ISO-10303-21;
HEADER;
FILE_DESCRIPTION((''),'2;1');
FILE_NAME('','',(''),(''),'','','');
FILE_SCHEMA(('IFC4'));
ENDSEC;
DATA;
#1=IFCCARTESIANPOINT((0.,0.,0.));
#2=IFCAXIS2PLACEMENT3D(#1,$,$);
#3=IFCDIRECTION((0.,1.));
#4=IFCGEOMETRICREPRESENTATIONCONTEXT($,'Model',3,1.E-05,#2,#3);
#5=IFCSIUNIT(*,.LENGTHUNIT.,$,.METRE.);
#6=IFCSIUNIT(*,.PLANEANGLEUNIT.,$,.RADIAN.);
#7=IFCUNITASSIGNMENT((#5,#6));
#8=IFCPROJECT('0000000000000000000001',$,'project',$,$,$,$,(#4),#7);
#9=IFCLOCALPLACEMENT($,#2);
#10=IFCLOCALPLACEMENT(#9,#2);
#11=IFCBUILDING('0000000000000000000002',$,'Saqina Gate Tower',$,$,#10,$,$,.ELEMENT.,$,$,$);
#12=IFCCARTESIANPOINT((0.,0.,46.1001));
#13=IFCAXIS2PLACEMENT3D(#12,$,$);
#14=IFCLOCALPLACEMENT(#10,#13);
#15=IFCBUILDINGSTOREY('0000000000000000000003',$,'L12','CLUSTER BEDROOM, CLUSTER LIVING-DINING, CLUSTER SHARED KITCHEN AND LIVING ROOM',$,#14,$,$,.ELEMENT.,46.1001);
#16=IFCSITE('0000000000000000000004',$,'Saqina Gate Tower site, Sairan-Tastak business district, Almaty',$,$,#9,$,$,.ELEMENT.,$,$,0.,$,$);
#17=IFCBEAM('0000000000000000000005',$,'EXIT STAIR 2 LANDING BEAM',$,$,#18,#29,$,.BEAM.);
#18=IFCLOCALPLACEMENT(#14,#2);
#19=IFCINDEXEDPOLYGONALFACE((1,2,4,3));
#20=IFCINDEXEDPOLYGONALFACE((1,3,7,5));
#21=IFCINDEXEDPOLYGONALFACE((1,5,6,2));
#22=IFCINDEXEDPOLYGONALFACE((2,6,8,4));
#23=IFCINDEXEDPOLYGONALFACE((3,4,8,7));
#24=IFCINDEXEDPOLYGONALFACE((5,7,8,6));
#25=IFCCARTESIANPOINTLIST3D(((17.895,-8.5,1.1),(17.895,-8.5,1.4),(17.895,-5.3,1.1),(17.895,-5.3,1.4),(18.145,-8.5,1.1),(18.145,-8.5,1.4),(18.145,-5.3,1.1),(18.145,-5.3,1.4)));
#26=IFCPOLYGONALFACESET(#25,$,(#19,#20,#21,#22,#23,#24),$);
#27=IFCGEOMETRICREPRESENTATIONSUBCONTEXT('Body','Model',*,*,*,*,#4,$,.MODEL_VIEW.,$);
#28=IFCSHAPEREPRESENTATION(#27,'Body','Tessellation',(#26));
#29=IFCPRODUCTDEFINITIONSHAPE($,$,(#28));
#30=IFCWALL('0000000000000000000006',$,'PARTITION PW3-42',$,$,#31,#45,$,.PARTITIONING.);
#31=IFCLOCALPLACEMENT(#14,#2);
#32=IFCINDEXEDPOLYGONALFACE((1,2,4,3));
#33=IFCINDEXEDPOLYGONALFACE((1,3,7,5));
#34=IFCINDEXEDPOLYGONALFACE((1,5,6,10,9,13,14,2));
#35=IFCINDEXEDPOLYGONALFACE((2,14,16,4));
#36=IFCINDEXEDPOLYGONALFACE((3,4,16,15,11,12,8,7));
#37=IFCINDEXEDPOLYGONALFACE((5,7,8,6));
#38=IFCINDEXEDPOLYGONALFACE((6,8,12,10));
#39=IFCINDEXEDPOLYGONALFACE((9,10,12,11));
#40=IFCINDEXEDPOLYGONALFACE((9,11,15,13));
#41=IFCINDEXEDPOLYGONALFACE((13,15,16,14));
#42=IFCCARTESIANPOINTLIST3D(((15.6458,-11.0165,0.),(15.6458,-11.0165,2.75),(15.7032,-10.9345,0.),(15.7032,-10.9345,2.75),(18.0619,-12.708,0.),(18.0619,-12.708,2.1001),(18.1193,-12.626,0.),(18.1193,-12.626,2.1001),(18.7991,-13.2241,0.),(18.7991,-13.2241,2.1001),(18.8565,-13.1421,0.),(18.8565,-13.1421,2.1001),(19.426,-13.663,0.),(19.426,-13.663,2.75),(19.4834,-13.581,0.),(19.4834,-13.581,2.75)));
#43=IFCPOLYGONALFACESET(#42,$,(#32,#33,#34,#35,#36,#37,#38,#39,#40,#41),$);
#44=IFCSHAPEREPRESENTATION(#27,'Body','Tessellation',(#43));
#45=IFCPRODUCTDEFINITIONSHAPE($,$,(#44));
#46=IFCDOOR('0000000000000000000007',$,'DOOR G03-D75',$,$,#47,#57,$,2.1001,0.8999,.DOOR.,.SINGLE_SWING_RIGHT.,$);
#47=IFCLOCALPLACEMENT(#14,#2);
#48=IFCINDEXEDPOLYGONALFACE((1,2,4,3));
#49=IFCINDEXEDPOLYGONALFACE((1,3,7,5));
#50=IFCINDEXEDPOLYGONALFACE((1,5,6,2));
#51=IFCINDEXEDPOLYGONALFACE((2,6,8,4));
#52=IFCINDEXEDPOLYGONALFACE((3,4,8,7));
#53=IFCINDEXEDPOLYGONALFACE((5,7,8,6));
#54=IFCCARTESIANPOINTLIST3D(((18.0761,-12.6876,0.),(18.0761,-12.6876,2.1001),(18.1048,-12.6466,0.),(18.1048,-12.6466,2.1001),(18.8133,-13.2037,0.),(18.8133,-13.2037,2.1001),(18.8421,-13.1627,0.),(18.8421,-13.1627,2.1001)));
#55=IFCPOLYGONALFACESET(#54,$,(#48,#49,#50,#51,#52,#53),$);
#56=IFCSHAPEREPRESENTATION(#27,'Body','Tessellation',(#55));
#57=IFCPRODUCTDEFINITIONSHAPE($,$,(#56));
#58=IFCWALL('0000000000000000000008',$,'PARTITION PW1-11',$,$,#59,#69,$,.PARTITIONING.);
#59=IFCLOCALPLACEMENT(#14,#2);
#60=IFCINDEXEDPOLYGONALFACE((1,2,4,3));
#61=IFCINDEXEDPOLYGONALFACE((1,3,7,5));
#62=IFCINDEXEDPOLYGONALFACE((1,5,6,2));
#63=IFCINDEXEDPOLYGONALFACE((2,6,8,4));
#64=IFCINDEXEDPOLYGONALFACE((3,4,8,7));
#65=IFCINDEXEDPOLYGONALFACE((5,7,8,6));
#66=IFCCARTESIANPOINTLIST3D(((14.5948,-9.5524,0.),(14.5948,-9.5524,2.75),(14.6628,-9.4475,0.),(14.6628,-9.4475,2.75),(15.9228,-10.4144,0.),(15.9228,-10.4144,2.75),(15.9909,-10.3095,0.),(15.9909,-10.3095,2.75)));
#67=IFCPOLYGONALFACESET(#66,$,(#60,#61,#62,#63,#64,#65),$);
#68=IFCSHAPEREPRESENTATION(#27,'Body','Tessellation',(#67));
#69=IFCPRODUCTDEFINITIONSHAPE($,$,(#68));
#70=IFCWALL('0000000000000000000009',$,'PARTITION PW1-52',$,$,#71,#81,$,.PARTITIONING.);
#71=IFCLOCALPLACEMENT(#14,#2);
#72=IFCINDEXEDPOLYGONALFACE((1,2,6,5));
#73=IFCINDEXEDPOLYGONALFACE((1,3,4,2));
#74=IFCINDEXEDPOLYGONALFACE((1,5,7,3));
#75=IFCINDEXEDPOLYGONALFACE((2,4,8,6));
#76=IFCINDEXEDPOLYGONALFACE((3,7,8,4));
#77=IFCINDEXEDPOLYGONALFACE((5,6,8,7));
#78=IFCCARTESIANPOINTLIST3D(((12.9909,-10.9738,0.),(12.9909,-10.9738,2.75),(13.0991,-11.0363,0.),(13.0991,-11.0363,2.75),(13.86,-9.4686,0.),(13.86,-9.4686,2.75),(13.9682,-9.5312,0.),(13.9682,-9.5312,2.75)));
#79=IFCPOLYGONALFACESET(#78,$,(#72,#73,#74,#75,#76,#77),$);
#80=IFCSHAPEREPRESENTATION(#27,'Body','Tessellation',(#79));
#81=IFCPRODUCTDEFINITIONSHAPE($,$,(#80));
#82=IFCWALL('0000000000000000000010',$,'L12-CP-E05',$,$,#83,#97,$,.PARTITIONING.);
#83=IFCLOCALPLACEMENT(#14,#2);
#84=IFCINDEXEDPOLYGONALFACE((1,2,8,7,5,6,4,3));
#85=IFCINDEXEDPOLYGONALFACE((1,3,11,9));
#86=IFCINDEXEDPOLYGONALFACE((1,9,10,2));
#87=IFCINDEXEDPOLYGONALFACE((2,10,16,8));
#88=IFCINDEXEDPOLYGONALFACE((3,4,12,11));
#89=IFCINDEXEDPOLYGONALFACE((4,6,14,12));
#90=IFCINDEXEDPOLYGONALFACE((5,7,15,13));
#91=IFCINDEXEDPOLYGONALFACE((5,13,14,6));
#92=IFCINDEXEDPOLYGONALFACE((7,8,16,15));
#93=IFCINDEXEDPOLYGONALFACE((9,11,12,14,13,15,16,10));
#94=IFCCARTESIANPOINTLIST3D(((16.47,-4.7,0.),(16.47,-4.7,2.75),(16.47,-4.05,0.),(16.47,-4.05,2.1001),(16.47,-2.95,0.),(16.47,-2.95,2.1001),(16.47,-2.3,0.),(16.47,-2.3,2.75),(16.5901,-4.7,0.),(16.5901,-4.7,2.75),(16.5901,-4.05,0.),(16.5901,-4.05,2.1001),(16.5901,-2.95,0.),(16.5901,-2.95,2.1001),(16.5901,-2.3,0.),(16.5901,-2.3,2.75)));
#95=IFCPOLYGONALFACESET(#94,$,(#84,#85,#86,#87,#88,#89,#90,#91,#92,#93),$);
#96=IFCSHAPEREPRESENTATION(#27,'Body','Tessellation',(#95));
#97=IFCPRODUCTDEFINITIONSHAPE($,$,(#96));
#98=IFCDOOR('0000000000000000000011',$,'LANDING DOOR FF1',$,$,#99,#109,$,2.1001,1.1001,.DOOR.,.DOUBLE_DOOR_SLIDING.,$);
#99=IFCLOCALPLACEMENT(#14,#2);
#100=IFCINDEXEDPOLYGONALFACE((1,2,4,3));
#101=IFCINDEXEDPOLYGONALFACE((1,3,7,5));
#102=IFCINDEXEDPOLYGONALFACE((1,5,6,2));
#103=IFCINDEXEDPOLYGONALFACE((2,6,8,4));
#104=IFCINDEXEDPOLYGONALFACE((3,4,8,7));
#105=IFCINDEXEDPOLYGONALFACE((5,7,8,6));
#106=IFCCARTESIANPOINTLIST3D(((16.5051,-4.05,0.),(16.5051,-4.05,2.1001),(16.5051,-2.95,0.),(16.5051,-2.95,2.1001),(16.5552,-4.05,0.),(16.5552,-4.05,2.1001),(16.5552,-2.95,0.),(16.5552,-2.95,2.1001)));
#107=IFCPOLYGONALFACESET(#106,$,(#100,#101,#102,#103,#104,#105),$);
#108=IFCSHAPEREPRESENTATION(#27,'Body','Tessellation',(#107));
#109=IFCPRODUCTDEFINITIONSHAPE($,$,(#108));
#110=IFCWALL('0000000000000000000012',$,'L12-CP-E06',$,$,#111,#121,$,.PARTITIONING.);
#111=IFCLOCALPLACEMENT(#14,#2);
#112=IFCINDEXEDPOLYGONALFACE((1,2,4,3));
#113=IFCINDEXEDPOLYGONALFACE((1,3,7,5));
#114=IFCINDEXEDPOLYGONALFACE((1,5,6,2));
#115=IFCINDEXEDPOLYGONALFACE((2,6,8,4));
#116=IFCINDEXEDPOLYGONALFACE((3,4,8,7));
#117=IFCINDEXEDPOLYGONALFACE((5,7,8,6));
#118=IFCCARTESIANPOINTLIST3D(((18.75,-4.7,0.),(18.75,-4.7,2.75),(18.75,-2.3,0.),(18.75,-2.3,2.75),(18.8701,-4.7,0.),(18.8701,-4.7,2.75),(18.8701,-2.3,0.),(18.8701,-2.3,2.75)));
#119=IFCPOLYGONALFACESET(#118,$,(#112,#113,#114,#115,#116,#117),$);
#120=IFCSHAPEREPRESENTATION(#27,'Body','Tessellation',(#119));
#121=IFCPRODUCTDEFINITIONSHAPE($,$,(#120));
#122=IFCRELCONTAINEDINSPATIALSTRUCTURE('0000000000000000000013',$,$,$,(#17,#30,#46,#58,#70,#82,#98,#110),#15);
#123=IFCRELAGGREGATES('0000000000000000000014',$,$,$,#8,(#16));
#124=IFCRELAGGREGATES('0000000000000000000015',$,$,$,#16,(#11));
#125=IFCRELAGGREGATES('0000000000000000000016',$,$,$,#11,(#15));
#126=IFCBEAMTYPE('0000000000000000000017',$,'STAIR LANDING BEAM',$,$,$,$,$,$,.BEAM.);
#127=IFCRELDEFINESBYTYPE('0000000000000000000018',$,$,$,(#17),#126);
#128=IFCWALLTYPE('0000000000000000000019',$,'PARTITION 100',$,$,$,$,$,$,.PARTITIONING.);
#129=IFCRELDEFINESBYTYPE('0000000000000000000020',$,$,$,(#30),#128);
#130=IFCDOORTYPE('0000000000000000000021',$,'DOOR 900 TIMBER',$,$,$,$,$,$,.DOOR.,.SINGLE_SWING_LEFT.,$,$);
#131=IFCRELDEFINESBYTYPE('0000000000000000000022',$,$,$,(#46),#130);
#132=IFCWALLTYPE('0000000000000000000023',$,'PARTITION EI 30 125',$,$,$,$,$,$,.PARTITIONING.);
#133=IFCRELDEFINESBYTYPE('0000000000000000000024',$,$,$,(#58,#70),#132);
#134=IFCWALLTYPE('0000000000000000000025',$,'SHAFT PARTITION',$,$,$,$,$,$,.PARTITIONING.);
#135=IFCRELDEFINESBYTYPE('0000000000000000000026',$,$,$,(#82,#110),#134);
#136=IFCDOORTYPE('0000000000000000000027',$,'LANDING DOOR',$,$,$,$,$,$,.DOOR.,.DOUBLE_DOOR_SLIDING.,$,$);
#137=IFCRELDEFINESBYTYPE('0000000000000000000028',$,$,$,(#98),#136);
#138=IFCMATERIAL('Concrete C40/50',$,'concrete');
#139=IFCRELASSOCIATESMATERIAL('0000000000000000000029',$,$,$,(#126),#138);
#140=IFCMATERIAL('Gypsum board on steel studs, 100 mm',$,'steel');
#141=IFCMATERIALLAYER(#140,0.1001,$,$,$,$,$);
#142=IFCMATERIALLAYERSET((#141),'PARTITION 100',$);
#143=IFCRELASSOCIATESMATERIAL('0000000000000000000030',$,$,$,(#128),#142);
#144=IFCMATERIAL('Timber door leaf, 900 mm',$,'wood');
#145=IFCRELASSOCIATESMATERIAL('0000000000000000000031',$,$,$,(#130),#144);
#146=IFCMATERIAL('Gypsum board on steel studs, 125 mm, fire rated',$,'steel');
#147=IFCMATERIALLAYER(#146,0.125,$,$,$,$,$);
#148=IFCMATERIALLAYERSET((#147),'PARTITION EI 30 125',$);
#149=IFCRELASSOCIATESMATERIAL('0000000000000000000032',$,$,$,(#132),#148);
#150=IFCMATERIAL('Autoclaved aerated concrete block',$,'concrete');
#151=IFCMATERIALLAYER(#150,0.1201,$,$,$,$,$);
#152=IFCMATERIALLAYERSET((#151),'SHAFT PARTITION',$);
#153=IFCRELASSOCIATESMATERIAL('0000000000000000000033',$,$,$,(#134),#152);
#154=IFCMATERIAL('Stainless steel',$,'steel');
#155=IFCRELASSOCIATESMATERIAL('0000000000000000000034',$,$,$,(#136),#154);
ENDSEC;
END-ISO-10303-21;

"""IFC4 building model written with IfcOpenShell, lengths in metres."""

from ifc_helpers import new_model, si_unit, direction, frame, frame_2d, origin, origin_2d, place, context, subcontext, project, spatial, rectangle, extrude, material, layer, layer_set, material_profile, profile_set, type_object, element, fill, save


model = new_model("IFC4")

# Units and contexts
model_context = context("Model", 3, precision=1e-05, world=origin(), true_north=direction((0.0, 1.0)))
body_context = subcontext(model_context, "Body", "Model", "MODEL_VIEW")
ifc_project = project(units=[si_unit("LENGTHUNIT", "METRE"), si_unit("PLANEANGLEUNIT", "RADIAN")], contexts=[model_context])

# Site, building, storey
site_placement = place(None, origin())
site = spatial("IfcSite", under=ifc_project, at=site_placement, Name="Saqina Gate Tower site, Sairan-Tastak business district, Almaty", CompositionType="ELEMENT", RefElevation=0.0)
building_placement = place(site_placement, origin())
building = spatial("IfcBuilding", under=site, at=building_placement, Name="Saqina Gate Tower", CompositionType="ELEMENT")
storey_placement = place(building_placement, frame((0.0, 0.0, 46.1001)))
storey = spatial("IfcBuildingStorey", under=building, at=storey_placement, Name="L12", Description="CLUSTER BEDROOM, CLUSTER LIVING-DINING, CLUSTER SHARED KITCHEN AND LIVING ROOM", CompositionType="ELEMENT", Elevation=46.1001)

# Beam
ifc_material_1 = material(Name="Concrete C40/50", Category="concrete")
ifc_material_profile = material_profile(ifc_material_1, rectangle(XDim=0.25, YDim=0.3, at=origin_2d()), Name="STAIR LANDING BEAM")
ifc_profile_set = profile_set([ifc_material_profile], Name="Concrete C40/50")
beam_type = type_object("IfcBeamType", Name="STAIR LANDING BEAM", PredefinedType="BEAM", material=ifc_profile_set)
beam_placement = place(storey_placement, frame((18.02, -8.5, 1.25), z_axis=(0.0, 1.0, 0.0), x_axis=(-1.0, 0.0, 0.0)))
element("IfcBeam", 1, at=beam_placement, inside=storey, type_object=beam_type, Name="EXIT STAIR 2 LANDING BEAM", PredefinedType="BEAM", context=body_context, shape_type="SweptSolid", body=[
    extrude(rectangle(XDim=0.25, YDim=0.3, at=origin_2d()), origin(), (0.0, 0.0, 1.0), 3.2),
])

# Wall, opening, door
ifc_material_2 = material(Name="Gypsum board on steel studs, 100 mm", Category="steel")
ifc_layer_1 = layer(ifc_material_2, 0.1001)
ifc_layer_set_1 = layer_set([ifc_layer_1], Name="PARTITION 100")
wall_type_1 = type_object("IfcWallType", Name="PARTITION 100", PredefinedType="PARTITIONING", material=ifc_layer_set_1)
wall_1_placement = place(storey_placement, frame((15.6746, -10.9756, 0.0), z_axis=(0.0, 0.0, 1.0), x_axis=(0.819202, -0.573505, 0.0)))
wall_1 = element("IfcWall", 2, at=wall_1_placement, inside=storey, type_object=wall_type_1, Name="PARTITION PW3-42", PredefinedType="PARTITIONING", context=body_context, shape_type="SweptSolid", body=[
    extrude(rectangle(XDim=4.6145, YDim=0.1001, at=frame_2d((2.3071, 0.0))), origin(), (0.0, 0.0, 1.0), 2.75),
])
opening_1_placement = place(wall_1_placement, frame((2.9492, 0.0, 0.0)))
opening_1 = element("IfcOpeningElement", 3, at=opening_1_placement, cuts=wall_1, PredefinedType="OPENING", context=body_context, shape_type="SweptSolid", body=[
    extrude(rectangle(XDim=0.8999, YDim=2.1001, at=frame_2d((0.45, 1.05))), frame((0.0, 0.062, 0.0), z_axis=(0.0, -1.0, 0.0), x_axis=(1.0, 0.0, 0.0)), (0.0, 0.0, 1.0), 0.124),
])
ifc_material_3 = material(Name="Timber door leaf, 900 mm", Category="wood")
door_type_1 = type_object("IfcDoorType", Name="DOOR 900 TIMBER", OperationType="SINGLE_SWING_LEFT", PredefinedType="DOOR", material=ifc_material_3)
door_1_placement = place(opening_1_placement, origin())
door_1 = element("IfcDoor", 4, at=door_1_placement, inside=storey, type_object=door_type_1, Name="DOOR G03-D75", OperationType="SINGLE_SWING_RIGHT", OverallHeight=2.1001, OverallWidth=0.8999, PredefinedType="DOOR", context=body_context, shape_type="SweptSolid", body=[
    extrude(rectangle(XDim=0.8999, YDim=2.1001, at=frame_2d((0.45, 1.05))), frame((0.0, 0.0249, 0.0), z_axis=(0.0, -1.0, 0.0), x_axis=(1.0, 0.0, 0.0)), (0.0, 0.0, 1.0), 0.05),
])
fill(opening_1, door_1)

# Walls
ifc_material_4 = material(Name="Gypsum board on steel studs, 125 mm, fire rated", Category="steel")
ifc_layer_2 = layer(ifc_material_4, 0.125)
ifc_layer_set_2 = layer_set([ifc_layer_2], Name="PARTITION EI 30 125")
wall_type_2 = type_object("IfcWallType", Name="PARTITION EI 30 125", PredefinedType="PARTITIONING", material=ifc_layer_set_2)
wall_2_placement = place(storey_placement, frame((14.6289, -9.5, 0.0), z_axis=(0.0, 0.0, 1.0), x_axis=(0.838796, -0.544446, 0.0)))
element("IfcWall", 5, at=wall_2_placement, inside=storey, type_object=wall_type_2, Name="PARTITION PW1-11", PredefinedType="PARTITIONING", context=body_context, shape_type="SweptSolid", body=[
    extrude(rectangle(XDim=1.5833, YDim=0.125, at=frame_2d((0.7915, 0.0))), origin(), (0.0, 0.0, 1.0), 2.75),
])
wall_3_placement = place(storey_placement, frame((13.0449, -11.0051, 0.0), z_axis=(0.0, 0.0, 1.0), x_axis=(0.500067, 0.865987, 0.0)))
element("IfcWall", 6, at=wall_3_placement, inside=storey, type_object=wall_type_2, Name="PARTITION PW1-52", PredefinedType="PARTITIONING", context=body_context, shape_type="SweptSolid", body=[
    extrude(rectangle(XDim=1.738, YDim=0.125, at=frame_2d((0.8691, 0.0))), origin(), (0.0, 0.0, 1.0), 2.75),
])

# Wall, opening, door
ifc_material_5 = material(Name="Autoclaved aerated concrete block", Category="concrete")
ifc_layer_3 = layer(ifc_material_5, 0.1201)
ifc_layer_set_3 = layer_set([ifc_layer_3], Name="SHAFT PARTITION")
wall_type_3 = type_object("IfcWallType", Name="SHAFT PARTITION", PredefinedType="PARTITIONING", material=ifc_layer_set_3)
wall_4_placement = place(storey_placement, frame((16.53, -4.7, 0.0), z_axis=(0.0, 0.0, 1.0), x_axis=(0.0, 1.0, 0.0)))
wall_4 = element("IfcWall", 7, at=wall_4_placement, inside=storey, type_object=wall_type_3, Name="L12-CP-E05", PredefinedType="PARTITIONING", context=body_context, shape_type="SweptSolid", body=[
    extrude(rectangle(XDim=2.3999, YDim=0.1201, at=frame_2d((1.2, 0.0))), origin(), (0.0, 0.0, 1.0), 2.75),
])
opening_2_placement = place(wall_4_placement, frame((0.6499, 0.0, 0.0)))
opening_2 = element("IfcOpeningElement", 8, at=opening_2_placement, cuts=wall_4, PredefinedType="OPENING", context=body_context, shape_type="SweptSolid", body=[
    extrude(rectangle(XDim=1.1001, YDim=2.1001, at=frame_2d((0.55, 1.05))), frame((0.0, 0.072, 0.0), z_axis=(0.0, -1.0, 0.0), x_axis=(1.0, 0.0, 0.0)), (0.0, 0.0, 1.0), 0.144),
])
ifc_material_6 = material(Name="Stainless steel", Category="steel")
door_type_2 = type_object("IfcDoorType", Name="LANDING DOOR", OperationType="DOUBLE_DOOR_SLIDING", PredefinedType="DOOR", material=ifc_material_6)
door_2_placement = place(opening_2_placement, origin())
door_2 = element("IfcDoor", 9, at=door_2_placement, inside=storey, type_object=door_type_2, Name="LANDING DOOR FF1", OperationType="DOUBLE_DOOR_SLIDING", OverallHeight=2.1001, OverallWidth=1.1001, PredefinedType="DOOR", context=body_context, shape_type="SweptSolid", body=[
    extrude(rectangle(XDim=1.1001, YDim=2.1001, at=frame_2d((0.55, 1.05))), frame((0.0, 0.0249, 0.0), z_axis=(0.0, -1.0, 0.0), x_axis=(1.0, 0.0, 0.0)), (0.0, 0.0, 1.0), 0.05),
])
fill(opening_2, door_2)

# Wall
wall_5_placement = place(storey_placement, frame((18.8101, -4.7, 0.0), z_axis=(0.0, 0.0, 1.0), x_axis=(0.0, 1.0, 0.0)))
element("IfcWall", 10, at=wall_5_placement, inside=storey, type_object=wall_type_3, Name="L12-CP-E06", PredefinedType="PARTITIONING", context=body_context, shape_type="SweptSolid", body=[
    extrude(rectangle(XDim=2.3999, YDim=0.1201, at=frame_2d((1.2, 0.0))), origin(), (0.0, 0.0, 1.0), 2.75),
])

save(model, "model.ifc")
